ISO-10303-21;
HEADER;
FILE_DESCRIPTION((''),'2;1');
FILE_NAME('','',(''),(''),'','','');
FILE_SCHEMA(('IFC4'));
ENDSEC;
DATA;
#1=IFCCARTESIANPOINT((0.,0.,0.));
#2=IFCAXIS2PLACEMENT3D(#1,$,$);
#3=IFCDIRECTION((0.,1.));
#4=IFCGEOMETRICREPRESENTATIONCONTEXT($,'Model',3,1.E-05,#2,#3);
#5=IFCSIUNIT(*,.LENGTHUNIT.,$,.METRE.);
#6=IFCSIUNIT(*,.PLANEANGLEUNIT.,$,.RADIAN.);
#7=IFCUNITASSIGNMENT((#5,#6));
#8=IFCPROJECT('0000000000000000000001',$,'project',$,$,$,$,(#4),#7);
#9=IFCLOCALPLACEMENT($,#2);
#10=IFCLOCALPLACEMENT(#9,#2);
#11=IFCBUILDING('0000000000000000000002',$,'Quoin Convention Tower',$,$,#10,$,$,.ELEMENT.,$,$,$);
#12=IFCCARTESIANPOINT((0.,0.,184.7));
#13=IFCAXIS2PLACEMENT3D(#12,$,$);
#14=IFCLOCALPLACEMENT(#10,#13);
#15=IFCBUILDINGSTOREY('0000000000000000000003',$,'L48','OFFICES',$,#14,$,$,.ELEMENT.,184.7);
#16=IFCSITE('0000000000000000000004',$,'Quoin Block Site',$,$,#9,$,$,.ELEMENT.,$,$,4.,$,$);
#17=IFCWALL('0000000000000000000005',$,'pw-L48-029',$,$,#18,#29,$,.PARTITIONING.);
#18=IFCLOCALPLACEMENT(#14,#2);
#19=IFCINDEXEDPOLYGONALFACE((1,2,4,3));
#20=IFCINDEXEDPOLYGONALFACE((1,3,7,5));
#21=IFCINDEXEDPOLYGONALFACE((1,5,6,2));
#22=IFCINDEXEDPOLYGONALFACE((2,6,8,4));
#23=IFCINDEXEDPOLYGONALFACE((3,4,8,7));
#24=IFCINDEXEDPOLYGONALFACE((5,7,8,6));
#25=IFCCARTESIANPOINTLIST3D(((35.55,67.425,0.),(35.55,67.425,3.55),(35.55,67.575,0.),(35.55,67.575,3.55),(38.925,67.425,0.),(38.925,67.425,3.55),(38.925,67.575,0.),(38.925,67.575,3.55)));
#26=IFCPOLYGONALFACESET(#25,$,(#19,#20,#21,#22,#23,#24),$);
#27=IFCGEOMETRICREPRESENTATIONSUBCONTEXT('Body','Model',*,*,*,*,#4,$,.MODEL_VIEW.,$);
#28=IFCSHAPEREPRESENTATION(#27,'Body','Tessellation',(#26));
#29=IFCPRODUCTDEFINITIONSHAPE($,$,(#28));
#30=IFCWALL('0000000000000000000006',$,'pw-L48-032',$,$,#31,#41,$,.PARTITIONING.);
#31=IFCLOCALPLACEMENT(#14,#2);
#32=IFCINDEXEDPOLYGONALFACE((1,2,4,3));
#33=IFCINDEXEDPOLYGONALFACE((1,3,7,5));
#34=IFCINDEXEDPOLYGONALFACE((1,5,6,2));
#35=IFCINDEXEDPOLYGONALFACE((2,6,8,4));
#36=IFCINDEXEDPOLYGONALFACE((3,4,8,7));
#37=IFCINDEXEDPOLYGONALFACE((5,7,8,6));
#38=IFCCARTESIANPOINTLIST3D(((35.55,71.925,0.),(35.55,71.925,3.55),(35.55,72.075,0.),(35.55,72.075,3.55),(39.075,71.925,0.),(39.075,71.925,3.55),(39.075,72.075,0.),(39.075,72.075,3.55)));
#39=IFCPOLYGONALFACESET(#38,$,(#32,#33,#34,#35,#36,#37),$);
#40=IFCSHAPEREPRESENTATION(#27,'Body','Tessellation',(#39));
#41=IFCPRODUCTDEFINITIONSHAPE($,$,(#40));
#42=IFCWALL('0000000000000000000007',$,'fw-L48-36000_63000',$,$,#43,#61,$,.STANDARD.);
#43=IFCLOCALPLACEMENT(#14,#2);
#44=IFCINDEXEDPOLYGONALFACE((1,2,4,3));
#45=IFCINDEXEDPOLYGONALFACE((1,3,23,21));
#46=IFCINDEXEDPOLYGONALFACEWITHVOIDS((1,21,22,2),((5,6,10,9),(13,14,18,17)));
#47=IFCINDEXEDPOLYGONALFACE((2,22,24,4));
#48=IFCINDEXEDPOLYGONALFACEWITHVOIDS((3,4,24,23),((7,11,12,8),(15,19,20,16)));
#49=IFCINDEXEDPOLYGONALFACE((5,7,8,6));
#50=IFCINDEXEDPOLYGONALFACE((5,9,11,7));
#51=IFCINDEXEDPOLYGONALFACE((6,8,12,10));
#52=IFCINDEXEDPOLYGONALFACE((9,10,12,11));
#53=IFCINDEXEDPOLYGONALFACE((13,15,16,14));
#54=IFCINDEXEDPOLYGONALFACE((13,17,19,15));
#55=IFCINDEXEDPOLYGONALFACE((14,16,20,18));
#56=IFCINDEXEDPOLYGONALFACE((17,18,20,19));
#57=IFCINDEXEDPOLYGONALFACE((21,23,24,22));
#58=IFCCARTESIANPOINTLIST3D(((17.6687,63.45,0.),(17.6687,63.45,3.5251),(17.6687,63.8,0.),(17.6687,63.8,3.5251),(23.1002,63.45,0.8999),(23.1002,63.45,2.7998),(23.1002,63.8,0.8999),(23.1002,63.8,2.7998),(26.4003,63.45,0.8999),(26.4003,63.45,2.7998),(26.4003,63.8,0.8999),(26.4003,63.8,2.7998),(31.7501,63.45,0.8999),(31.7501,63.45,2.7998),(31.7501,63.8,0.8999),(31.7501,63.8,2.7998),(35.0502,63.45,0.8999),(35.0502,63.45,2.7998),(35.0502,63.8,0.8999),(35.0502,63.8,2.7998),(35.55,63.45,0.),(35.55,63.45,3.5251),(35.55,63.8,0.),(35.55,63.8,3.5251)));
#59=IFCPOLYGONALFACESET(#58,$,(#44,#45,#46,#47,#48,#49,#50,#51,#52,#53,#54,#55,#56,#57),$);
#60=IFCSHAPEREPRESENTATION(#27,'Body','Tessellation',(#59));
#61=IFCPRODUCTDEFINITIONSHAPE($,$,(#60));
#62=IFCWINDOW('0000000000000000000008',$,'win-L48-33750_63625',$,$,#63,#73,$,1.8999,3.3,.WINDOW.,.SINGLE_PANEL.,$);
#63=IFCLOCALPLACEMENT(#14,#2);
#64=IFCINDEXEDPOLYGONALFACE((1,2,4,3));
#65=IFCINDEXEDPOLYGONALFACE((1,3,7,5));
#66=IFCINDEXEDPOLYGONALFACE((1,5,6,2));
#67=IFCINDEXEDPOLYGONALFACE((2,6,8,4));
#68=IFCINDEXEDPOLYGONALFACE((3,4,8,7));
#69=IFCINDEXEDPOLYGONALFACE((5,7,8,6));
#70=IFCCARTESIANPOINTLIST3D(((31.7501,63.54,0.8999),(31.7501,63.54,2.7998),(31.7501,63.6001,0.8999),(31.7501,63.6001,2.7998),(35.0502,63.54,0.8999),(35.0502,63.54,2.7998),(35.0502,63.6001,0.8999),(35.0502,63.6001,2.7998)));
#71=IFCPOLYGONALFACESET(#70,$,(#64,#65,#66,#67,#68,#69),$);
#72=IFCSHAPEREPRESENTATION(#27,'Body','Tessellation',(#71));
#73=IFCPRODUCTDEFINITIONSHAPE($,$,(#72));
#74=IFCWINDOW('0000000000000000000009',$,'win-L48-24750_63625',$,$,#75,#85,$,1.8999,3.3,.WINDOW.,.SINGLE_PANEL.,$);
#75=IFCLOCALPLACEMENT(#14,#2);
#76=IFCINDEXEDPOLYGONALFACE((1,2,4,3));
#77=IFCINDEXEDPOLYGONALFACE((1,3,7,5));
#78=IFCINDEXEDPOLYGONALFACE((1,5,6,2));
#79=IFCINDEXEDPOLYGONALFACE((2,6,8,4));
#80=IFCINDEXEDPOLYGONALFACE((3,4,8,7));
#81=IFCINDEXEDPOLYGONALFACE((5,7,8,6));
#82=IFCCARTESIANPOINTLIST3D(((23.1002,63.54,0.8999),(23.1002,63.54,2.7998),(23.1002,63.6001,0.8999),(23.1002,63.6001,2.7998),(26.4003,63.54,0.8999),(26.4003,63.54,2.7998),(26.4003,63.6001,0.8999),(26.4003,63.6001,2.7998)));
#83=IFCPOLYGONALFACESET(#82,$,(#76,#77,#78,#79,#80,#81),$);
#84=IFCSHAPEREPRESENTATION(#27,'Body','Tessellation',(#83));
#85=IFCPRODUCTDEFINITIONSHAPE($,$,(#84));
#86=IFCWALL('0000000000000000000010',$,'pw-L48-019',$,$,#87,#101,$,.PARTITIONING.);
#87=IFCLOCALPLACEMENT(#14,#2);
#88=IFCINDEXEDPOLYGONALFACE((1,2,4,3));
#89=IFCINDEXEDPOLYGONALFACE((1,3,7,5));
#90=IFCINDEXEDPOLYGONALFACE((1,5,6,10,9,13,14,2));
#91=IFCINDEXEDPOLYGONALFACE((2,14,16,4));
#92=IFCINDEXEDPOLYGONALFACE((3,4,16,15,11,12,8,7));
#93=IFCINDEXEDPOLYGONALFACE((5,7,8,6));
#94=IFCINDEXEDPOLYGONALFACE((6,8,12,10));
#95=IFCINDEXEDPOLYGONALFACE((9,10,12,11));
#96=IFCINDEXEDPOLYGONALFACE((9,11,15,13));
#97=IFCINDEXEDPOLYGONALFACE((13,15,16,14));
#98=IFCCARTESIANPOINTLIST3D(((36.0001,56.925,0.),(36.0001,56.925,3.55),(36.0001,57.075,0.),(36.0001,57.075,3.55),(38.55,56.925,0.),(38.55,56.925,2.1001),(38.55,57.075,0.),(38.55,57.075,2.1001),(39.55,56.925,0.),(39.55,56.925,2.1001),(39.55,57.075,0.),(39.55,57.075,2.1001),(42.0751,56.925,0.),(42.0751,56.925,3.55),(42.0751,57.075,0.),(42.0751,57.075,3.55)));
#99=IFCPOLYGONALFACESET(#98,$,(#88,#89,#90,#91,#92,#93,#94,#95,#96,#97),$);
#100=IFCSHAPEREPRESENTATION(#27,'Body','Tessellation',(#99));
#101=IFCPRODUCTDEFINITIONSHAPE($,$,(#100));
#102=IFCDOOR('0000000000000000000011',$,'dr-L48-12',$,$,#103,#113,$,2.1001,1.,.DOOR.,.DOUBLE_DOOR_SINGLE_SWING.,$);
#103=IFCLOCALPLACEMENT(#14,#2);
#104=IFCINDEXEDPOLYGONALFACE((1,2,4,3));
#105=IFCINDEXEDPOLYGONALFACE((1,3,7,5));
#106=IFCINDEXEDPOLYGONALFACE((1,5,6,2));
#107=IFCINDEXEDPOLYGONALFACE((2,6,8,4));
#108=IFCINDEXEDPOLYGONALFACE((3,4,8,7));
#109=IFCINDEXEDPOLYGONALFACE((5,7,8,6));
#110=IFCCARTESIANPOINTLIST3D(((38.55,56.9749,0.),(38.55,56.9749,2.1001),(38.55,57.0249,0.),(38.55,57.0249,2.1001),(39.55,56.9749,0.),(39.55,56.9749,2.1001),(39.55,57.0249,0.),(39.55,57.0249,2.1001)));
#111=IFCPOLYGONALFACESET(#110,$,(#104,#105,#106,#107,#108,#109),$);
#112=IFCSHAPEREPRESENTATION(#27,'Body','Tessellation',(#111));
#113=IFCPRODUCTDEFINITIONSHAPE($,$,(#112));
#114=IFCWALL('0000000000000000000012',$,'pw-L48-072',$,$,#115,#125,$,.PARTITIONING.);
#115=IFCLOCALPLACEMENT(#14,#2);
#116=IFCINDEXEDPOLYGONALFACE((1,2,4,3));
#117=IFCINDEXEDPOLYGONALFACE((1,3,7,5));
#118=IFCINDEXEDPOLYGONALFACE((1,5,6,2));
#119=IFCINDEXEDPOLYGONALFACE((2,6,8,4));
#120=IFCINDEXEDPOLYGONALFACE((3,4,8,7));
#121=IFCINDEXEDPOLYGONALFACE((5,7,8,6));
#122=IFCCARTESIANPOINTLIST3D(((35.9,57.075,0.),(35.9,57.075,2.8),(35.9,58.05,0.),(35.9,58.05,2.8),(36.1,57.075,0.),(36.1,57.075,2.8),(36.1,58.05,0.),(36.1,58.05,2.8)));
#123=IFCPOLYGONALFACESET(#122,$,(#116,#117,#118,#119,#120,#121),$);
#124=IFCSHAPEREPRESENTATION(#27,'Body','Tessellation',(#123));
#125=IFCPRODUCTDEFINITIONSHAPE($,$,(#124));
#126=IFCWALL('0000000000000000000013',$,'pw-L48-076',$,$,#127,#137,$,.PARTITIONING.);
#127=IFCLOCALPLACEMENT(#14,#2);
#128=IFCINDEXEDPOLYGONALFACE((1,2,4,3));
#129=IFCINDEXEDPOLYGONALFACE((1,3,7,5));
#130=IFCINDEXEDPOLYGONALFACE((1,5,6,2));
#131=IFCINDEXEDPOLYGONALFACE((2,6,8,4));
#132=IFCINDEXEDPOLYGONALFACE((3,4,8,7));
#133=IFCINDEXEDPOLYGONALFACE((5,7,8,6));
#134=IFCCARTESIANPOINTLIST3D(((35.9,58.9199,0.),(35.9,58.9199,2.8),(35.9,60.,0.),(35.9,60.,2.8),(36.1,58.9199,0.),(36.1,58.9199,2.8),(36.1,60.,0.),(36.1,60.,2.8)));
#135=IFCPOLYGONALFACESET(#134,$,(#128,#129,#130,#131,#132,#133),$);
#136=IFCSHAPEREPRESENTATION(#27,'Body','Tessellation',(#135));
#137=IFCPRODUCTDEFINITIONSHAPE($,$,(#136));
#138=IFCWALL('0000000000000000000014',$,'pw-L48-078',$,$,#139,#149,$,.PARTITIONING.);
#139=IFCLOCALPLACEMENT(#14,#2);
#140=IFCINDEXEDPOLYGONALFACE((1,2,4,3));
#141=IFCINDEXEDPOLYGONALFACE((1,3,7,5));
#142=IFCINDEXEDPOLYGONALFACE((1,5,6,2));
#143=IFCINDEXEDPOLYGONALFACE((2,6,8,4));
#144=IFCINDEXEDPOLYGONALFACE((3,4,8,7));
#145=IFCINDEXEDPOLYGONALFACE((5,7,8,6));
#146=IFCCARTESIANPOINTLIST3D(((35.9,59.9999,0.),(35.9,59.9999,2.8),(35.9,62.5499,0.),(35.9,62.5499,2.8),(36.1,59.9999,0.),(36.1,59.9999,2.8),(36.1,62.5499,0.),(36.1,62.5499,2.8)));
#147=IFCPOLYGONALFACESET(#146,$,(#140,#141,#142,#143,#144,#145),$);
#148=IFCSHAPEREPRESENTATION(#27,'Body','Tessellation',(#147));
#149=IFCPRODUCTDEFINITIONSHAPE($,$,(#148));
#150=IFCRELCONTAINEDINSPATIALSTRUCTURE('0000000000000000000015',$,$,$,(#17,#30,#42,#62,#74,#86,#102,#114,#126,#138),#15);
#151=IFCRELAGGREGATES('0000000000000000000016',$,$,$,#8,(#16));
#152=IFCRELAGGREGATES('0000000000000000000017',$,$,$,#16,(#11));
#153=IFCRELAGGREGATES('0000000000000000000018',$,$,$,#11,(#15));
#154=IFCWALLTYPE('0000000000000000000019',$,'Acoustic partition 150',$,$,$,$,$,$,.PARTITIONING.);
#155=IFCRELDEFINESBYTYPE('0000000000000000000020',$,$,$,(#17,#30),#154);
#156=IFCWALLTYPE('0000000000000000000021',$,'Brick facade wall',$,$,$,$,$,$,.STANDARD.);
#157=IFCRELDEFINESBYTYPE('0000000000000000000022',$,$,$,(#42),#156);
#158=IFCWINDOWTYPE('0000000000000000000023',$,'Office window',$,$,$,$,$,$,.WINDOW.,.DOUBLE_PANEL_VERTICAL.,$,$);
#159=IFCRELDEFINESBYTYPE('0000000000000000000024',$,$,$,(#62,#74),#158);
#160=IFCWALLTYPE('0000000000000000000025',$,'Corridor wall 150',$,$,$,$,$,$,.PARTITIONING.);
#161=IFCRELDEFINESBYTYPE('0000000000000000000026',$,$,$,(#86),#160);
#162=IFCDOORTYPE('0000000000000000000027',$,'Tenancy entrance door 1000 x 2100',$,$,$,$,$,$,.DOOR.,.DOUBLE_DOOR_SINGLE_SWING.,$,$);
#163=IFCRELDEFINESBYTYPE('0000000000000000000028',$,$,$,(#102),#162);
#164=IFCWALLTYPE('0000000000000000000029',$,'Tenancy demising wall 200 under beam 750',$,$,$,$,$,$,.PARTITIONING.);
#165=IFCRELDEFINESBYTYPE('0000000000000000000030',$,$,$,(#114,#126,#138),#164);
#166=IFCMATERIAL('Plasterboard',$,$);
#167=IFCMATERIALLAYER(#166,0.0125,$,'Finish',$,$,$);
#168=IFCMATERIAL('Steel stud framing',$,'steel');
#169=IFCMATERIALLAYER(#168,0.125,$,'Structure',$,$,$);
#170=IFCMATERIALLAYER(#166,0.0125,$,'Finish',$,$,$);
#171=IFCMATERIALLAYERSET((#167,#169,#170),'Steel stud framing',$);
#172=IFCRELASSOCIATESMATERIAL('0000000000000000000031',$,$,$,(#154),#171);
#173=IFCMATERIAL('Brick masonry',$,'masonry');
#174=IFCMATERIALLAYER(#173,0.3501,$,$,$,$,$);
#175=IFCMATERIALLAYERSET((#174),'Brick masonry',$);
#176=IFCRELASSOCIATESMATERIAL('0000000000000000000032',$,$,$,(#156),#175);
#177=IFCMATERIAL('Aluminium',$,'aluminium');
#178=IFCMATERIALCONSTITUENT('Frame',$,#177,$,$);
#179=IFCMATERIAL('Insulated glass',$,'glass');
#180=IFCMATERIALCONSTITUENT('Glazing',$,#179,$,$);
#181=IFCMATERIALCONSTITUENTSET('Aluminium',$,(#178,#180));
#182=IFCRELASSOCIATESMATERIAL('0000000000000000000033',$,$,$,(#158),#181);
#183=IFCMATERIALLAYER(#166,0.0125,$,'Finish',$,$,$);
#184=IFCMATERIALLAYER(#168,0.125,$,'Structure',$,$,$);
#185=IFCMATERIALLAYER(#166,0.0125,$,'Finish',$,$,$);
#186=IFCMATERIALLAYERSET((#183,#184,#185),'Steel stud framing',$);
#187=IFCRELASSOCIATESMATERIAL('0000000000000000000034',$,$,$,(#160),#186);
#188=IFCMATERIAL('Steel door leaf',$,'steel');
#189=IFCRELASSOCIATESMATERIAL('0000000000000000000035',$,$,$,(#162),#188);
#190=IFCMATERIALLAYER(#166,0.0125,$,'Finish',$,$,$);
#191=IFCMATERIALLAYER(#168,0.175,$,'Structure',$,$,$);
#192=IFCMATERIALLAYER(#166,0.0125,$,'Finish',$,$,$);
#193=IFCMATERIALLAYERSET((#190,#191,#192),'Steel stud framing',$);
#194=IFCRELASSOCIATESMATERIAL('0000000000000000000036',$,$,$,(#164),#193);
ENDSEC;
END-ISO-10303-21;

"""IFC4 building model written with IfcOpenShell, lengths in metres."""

from ifc_helpers import new_model, si_unit, direction, frame, frame_2d, origin, place, context, subcontext, project, spatial, rectangle, extrude, material, layer, layer_set, constituent, constituent_set, type_object, element, fill, save


model = new_model("IFC4")

# Units and contexts
model_context = context("Model", 3, precision=1e-05, world=origin(), true_north=direction((0.0, 1.0)))
body_context = subcontext(model_context, "Body", "Model", "MODEL_VIEW")
ifc_project = project(units=[si_unit("LENGTHUNIT", "METRE"), si_unit("PLANEANGLEUNIT", "RADIAN")], contexts=[model_context])

# Site, building, storey
site_placement = place(None, origin())
site = spatial("IfcSite", under=ifc_project, at=site_placement, Name="Quoin Block Site", CompositionType="ELEMENT", RefElevation=4.0)
building_placement = place(site_placement, origin())
building = spatial("IfcBuilding", under=site, at=building_placement, Name="Quoin Convention Tower", CompositionType="ELEMENT")
storey_placement = place(building_placement, frame((0.0, 0.0, 184.7)))
storey = spatial("IfcBuildingStorey", under=building, at=storey_placement, Name="L48", Description="OFFICES", CompositionType="ELEMENT", Elevation=184.7)

# Walls
ifc_material_1 = material(Name="Plasterboard")
ifc_layer_1 = layer(ifc_material_1, 0.0125, Name="Finish")
ifc_material_2 = material(Name="Steel stud framing", Category="steel")
ifc_layer_2 = layer(ifc_material_2, 0.125, Name="Structure")
ifc_layer_3 = layer(ifc_material_1, 0.0125, Name="Finish")
ifc_layer_set_1 = layer_set([ifc_layer_1, ifc_layer_2, ifc_layer_3], Name="Steel stud framing")
wall_type_1 = type_object("IfcWallType", Name="Acoustic partition 150", PredefinedType="PARTITIONING", material=ifc_layer_set_1)
wall_1_placement = place(storey_placement, frame((35.55, 67.5, 0.0), z_axis=(0.0, 0.0, 1.0), x_axis=(1.0, 0.0, 0.0)))
element("IfcWall", 1, at=wall_1_placement, inside=storey, type_object=wall_type_1, Name="pw-L48-029", PredefinedType="PARTITIONING", context=body_context, shape_type="SweptSolid", body=[
    extrude(rectangle(XDim=3.375, YDim=0.1499, at=frame_2d((1.6875, 0.0))), origin(), (0.0, 0.0, 1.0), 3.55),
])
wall_2_placement = place(storey_placement, frame((35.55, 72.0, 0.0), z_axis=(0.0, 0.0, 1.0), x_axis=(1.0, 0.0, 0.0)))
element("IfcWall", 2, at=wall_2_placement, inside=storey, type_object=wall_type_1, Name="pw-L48-032", PredefinedType="PARTITIONING", context=body_context, shape_type="SweptSolid", body=[
    extrude(rectangle(XDim=3.5249, YDim=0.1499, at=frame_2d((1.7625, 0.0))), origin(), (0.0, 0.0, 1.0), 3.55),
])

# Wall, openings, windows
ifc_material_3 = material(Name="Brick masonry", Category="masonry")
ifc_layer_4 = layer(ifc_material_3, 0.3501)
ifc_layer_set_2 = layer_set([ifc_layer_4], Name="Brick masonry")
wall_type_2 = type_object("IfcWallType", Name="Brick facade wall", PredefinedType="STANDARD", material=ifc_layer_set_2)
wall_3_placement = place(storey_placement, frame((35.55, 63.625, 0.0), z_axis=(0.0, 0.0, 1.0), x_axis=(-1.0, 0.0, 0.0)))
wall_3 = element("IfcWall", 3, at=wall_3_placement, inside=storey, type_object=wall_type_2, Name="fw-L48-36000_63000", PredefinedType="STANDARD", context=body_context, shape_type="SweptSolid", body=[
    extrude(rectangle(XDim=17.8813, YDim=0.3501, at=frame_2d((8.9407, 0.0))), origin(), (0.0, 0.0, 1.0), 3.5251),
])
opening_1_placement = place(wall_3_placement, frame((0.5, 0.0, 0.8999)))
opening_1 = element("IfcOpeningElement", 4, at=opening_1_placement, cuts=wall_3, PredefinedType="OPENING", context=body_context, shape_type="SweptSolid", body=[
    extrude(rectangle(XDim=3.3, YDim=1.8999, at=frame_2d((1.6499, 0.95))), frame((0.0, 0.1851, 0.0), z_axis=(0.0, -1.0, 0.0), x_axis=(1.0, 0.0, 0.0)), (0.0, 0.0, 1.0), 0.3701),
])
opening_2_placement = place(wall_3_placement, frame((9.1499, 0.0, 0.8999)))
opening_2 = element("IfcOpeningElement", 5, at=opening_2_placement, cuts=wall_3, PredefinedType="OPENING", context=body_context, shape_type="SweptSolid", body=[
    extrude(rectangle(XDim=3.3, YDim=1.8999, at=frame_2d((1.6499, 0.95))), frame((0.0, 0.1851, 0.0), z_axis=(0.0, -1.0, 0.0), x_axis=(1.0, 0.0, 0.0)), (0.0, 0.0, 1.0), 0.3701),
])
ifc_material_4 = material(Name="Aluminium", Category="aluminium")
ifc_constituent_1 = constituent(ifc_material_4, Name="Frame")
ifc_material_5 = material(Name="Insulated glass", Category="glass")
ifc_constituent_2 = constituent(ifc_material_5, Name="Glazing")
ifc_constituent_set = constituent_set(constituents=[ifc_constituent_1, ifc_constituent_2], Name="Aluminium")
window_type = type_object("IfcWindowType", Name="Office window", PartitioningType="DOUBLE_PANEL_VERTICAL", PredefinedType="WINDOW", material=ifc_constituent_set)
window_1_placement = place(opening_1_placement, origin())
window_1 = element("IfcWindow", 6, at=window_1_placement, inside=storey, type_object=window_type, Name="win-L48-33750_63625", OverallHeight=1.8999, OverallWidth=3.3, PartitioningType="SINGLE_PANEL", PredefinedType="WINDOW", context=body_context, shape_type="SweptSolid", body=[
    extrude(rectangle(XDim=3.3, YDim=1.8999, at=frame_2d((1.6499, 0.95))), frame((0.0, 0.085, 0.0), z_axis=(0.0, -1.0, 0.0), x_axis=(1.0, 0.0, 0.0)), (0.0, 0.0, 1.0), 0.0601),
])
fill(opening_1, window_1)
window_2_placement = place(opening_2_placement, origin())
window_2 = element("IfcWindow", 7, at=window_2_placement, inside=storey, type_object=window_type, Name="win-L48-24750_63625", OverallHeight=1.8999, OverallWidth=3.3, PartitioningType="SINGLE_PANEL", PredefinedType="WINDOW", context=body_context, shape_type="SweptSolid", body=[
    extrude(rectangle(XDim=3.3, YDim=1.8999, at=frame_2d((1.6499, 0.95))), frame((0.0, 0.085, 0.0), z_axis=(0.0, -1.0, 0.0), x_axis=(1.0, 0.0, 0.0)), (0.0, 0.0, 1.0), 0.0601),
])
fill(opening_2, window_2)

# Wall, opening, door
ifc_layer_5 = layer(ifc_material_1, 0.0125, Name="Finish")
ifc_layer_6 = layer(ifc_material_2, 0.125, Name="Structure")
ifc_layer_7 = layer(ifc_material_1, 0.0125, Name="Finish")
ifc_layer_set_3 = layer_set([ifc_layer_5, ifc_layer_6, ifc_layer_7], Name="Steel stud framing")
wall_type_3 = type_object("IfcWallType", Name="Corridor wall 150", PredefinedType="PARTITIONING", material=ifc_layer_set_3)
wall_4_placement = place(storey_placement, frame((36.0, 57.0, 0.0), z_axis=(0.0, 0.0, 1.0), x_axis=(1.0, 0.0, 0.0)))
wall_4 = element("IfcWall", 8, at=wall_4_placement, inside=storey, type_object=wall_type_3, Name="pw-L48-019", PredefinedType="PARTITIONING", context=body_context, shape_type="SweptSolid", body=[
    extrude(rectangle(XDim=6.075, YDim=0.1499, at=frame_2d((3.0376, 0.0))), origin(), (0.0, 0.0, 1.0), 3.55),
])
opening_3_placement = place(wall_4_placement, frame((2.55, 0.0, 0.0)))
opening_3 = element("IfcOpeningElement", 9, at=opening_3_placement, cuts=wall_4, PredefinedType="OPENING", context=body_context, shape_type="SweptSolid", body=[
    extrude(rectangle(XDim=1.0, YDim=2.1001, at=frame_2d((0.5, 1.05))), frame((0.0, 0.085, 0.0), z_axis=(0.0, -1.0, 0.0), x_axis=(1.0, 0.0, 0.0)), (0.0, 0.0, 1.0), 0.1699),
])
ifc_material_6 = material(Name="Steel door leaf", Category="steel")
door_type = type_object("IfcDoorType", Name="Tenancy entrance door 1000 x 2100", OperationType="DOUBLE_DOOR_SINGLE_SWING", PredefinedType="DOOR", material=ifc_material_6)
door_placement = place(opening_3_placement, origin())
door = element("IfcDoor", 10, at=door_placement, inside=storey, type_object=door_type, Name="dr-L48-12", OperationType="DOUBLE_DOOR_SINGLE_SWING", OverallHeight=2.1001, OverallWidth=1.0, PredefinedType="DOOR", context=body_context, shape_type="SweptSolid", body=[
    extrude(rectangle(XDim=1.0, YDim=2.1001, at=frame_2d((0.5, 1.05))), frame((0.0, 0.0249, 0.0), z_axis=(0.0, -1.0, 0.0), x_axis=(1.0, 0.0, 0.0)), (0.0, 0.0, 1.0), 0.05),
])
fill(opening_3, door)

# Walls
ifc_layer_8 = layer(ifc_material_1, 0.0125, Name="Finish")
ifc_layer_9 = layer(ifc_material_2, 0.175, Name="Structure")
ifc_layer_10 = layer(ifc_material_1, 0.0125, Name="Finish")
ifc_layer_set_4 = layer_set([ifc_layer_8, ifc_layer_9, ifc_layer_10], Name="Steel stud framing")
wall_type_4 = type_object("IfcWallType", Name="Tenancy demising wall 200 under beam 750", PredefinedType="PARTITIONING", material=ifc_layer_set_4)
wall_5_placement = place(storey_placement, frame((36.0, 57.075, 0.0), z_axis=(0.0, 0.0, 1.0), x_axis=(0.0, 1.0, 0.0)))
element("IfcWall", 11, at=wall_5_placement, inside=storey, type_object=wall_type_4, Name="pw-L48-072", PredefinedType="PARTITIONING", context=body_context, shape_type="SweptSolid", body=[
    extrude(rectangle(XDim=0.9751, YDim=0.2, at=frame_2d((0.4875, 0.0))), origin(), (0.0, 0.0, 1.0), 2.8),
])
wall_6_placement = place(storey_placement, frame((36.0, 58.9199, 0.0), z_axis=(0.0, 0.0, 1.0), x_axis=(0.0, 1.0, 0.0)))
element("IfcWall", 12, at=wall_6_placement, inside=storey, type_object=wall_type_4, Name="pw-L48-076", PredefinedType="PARTITIONING", context=body_context, shape_type="SweptSolid", body=[
    extrude(rectangle(XDim=1.0801, YDim=0.2, at=frame_2d((0.54, 0.0))), origin(), (0.0, 0.0, 1.0), 2.8),
])
wall_7_placement = place(storey_placement, frame((36.0, 60.0, 0.0), z_axis=(0.0, 0.0, 1.0), x_axis=(0.0, 1.0, 0.0)))
element("IfcWall", 13, at=wall_7_placement, inside=storey, type_object=wall_type_4, Name="pw-L48-078", PredefinedType="PARTITIONING", context=body_context, shape_type="SweptSolid", body=[
    extrude(rectangle(XDim=2.55, YDim=0.2, at=frame_2d((1.2749, 0.0))), origin(), (0.0, 0.0, 1.0), 2.8),
])

save(model, "model.ifc")
